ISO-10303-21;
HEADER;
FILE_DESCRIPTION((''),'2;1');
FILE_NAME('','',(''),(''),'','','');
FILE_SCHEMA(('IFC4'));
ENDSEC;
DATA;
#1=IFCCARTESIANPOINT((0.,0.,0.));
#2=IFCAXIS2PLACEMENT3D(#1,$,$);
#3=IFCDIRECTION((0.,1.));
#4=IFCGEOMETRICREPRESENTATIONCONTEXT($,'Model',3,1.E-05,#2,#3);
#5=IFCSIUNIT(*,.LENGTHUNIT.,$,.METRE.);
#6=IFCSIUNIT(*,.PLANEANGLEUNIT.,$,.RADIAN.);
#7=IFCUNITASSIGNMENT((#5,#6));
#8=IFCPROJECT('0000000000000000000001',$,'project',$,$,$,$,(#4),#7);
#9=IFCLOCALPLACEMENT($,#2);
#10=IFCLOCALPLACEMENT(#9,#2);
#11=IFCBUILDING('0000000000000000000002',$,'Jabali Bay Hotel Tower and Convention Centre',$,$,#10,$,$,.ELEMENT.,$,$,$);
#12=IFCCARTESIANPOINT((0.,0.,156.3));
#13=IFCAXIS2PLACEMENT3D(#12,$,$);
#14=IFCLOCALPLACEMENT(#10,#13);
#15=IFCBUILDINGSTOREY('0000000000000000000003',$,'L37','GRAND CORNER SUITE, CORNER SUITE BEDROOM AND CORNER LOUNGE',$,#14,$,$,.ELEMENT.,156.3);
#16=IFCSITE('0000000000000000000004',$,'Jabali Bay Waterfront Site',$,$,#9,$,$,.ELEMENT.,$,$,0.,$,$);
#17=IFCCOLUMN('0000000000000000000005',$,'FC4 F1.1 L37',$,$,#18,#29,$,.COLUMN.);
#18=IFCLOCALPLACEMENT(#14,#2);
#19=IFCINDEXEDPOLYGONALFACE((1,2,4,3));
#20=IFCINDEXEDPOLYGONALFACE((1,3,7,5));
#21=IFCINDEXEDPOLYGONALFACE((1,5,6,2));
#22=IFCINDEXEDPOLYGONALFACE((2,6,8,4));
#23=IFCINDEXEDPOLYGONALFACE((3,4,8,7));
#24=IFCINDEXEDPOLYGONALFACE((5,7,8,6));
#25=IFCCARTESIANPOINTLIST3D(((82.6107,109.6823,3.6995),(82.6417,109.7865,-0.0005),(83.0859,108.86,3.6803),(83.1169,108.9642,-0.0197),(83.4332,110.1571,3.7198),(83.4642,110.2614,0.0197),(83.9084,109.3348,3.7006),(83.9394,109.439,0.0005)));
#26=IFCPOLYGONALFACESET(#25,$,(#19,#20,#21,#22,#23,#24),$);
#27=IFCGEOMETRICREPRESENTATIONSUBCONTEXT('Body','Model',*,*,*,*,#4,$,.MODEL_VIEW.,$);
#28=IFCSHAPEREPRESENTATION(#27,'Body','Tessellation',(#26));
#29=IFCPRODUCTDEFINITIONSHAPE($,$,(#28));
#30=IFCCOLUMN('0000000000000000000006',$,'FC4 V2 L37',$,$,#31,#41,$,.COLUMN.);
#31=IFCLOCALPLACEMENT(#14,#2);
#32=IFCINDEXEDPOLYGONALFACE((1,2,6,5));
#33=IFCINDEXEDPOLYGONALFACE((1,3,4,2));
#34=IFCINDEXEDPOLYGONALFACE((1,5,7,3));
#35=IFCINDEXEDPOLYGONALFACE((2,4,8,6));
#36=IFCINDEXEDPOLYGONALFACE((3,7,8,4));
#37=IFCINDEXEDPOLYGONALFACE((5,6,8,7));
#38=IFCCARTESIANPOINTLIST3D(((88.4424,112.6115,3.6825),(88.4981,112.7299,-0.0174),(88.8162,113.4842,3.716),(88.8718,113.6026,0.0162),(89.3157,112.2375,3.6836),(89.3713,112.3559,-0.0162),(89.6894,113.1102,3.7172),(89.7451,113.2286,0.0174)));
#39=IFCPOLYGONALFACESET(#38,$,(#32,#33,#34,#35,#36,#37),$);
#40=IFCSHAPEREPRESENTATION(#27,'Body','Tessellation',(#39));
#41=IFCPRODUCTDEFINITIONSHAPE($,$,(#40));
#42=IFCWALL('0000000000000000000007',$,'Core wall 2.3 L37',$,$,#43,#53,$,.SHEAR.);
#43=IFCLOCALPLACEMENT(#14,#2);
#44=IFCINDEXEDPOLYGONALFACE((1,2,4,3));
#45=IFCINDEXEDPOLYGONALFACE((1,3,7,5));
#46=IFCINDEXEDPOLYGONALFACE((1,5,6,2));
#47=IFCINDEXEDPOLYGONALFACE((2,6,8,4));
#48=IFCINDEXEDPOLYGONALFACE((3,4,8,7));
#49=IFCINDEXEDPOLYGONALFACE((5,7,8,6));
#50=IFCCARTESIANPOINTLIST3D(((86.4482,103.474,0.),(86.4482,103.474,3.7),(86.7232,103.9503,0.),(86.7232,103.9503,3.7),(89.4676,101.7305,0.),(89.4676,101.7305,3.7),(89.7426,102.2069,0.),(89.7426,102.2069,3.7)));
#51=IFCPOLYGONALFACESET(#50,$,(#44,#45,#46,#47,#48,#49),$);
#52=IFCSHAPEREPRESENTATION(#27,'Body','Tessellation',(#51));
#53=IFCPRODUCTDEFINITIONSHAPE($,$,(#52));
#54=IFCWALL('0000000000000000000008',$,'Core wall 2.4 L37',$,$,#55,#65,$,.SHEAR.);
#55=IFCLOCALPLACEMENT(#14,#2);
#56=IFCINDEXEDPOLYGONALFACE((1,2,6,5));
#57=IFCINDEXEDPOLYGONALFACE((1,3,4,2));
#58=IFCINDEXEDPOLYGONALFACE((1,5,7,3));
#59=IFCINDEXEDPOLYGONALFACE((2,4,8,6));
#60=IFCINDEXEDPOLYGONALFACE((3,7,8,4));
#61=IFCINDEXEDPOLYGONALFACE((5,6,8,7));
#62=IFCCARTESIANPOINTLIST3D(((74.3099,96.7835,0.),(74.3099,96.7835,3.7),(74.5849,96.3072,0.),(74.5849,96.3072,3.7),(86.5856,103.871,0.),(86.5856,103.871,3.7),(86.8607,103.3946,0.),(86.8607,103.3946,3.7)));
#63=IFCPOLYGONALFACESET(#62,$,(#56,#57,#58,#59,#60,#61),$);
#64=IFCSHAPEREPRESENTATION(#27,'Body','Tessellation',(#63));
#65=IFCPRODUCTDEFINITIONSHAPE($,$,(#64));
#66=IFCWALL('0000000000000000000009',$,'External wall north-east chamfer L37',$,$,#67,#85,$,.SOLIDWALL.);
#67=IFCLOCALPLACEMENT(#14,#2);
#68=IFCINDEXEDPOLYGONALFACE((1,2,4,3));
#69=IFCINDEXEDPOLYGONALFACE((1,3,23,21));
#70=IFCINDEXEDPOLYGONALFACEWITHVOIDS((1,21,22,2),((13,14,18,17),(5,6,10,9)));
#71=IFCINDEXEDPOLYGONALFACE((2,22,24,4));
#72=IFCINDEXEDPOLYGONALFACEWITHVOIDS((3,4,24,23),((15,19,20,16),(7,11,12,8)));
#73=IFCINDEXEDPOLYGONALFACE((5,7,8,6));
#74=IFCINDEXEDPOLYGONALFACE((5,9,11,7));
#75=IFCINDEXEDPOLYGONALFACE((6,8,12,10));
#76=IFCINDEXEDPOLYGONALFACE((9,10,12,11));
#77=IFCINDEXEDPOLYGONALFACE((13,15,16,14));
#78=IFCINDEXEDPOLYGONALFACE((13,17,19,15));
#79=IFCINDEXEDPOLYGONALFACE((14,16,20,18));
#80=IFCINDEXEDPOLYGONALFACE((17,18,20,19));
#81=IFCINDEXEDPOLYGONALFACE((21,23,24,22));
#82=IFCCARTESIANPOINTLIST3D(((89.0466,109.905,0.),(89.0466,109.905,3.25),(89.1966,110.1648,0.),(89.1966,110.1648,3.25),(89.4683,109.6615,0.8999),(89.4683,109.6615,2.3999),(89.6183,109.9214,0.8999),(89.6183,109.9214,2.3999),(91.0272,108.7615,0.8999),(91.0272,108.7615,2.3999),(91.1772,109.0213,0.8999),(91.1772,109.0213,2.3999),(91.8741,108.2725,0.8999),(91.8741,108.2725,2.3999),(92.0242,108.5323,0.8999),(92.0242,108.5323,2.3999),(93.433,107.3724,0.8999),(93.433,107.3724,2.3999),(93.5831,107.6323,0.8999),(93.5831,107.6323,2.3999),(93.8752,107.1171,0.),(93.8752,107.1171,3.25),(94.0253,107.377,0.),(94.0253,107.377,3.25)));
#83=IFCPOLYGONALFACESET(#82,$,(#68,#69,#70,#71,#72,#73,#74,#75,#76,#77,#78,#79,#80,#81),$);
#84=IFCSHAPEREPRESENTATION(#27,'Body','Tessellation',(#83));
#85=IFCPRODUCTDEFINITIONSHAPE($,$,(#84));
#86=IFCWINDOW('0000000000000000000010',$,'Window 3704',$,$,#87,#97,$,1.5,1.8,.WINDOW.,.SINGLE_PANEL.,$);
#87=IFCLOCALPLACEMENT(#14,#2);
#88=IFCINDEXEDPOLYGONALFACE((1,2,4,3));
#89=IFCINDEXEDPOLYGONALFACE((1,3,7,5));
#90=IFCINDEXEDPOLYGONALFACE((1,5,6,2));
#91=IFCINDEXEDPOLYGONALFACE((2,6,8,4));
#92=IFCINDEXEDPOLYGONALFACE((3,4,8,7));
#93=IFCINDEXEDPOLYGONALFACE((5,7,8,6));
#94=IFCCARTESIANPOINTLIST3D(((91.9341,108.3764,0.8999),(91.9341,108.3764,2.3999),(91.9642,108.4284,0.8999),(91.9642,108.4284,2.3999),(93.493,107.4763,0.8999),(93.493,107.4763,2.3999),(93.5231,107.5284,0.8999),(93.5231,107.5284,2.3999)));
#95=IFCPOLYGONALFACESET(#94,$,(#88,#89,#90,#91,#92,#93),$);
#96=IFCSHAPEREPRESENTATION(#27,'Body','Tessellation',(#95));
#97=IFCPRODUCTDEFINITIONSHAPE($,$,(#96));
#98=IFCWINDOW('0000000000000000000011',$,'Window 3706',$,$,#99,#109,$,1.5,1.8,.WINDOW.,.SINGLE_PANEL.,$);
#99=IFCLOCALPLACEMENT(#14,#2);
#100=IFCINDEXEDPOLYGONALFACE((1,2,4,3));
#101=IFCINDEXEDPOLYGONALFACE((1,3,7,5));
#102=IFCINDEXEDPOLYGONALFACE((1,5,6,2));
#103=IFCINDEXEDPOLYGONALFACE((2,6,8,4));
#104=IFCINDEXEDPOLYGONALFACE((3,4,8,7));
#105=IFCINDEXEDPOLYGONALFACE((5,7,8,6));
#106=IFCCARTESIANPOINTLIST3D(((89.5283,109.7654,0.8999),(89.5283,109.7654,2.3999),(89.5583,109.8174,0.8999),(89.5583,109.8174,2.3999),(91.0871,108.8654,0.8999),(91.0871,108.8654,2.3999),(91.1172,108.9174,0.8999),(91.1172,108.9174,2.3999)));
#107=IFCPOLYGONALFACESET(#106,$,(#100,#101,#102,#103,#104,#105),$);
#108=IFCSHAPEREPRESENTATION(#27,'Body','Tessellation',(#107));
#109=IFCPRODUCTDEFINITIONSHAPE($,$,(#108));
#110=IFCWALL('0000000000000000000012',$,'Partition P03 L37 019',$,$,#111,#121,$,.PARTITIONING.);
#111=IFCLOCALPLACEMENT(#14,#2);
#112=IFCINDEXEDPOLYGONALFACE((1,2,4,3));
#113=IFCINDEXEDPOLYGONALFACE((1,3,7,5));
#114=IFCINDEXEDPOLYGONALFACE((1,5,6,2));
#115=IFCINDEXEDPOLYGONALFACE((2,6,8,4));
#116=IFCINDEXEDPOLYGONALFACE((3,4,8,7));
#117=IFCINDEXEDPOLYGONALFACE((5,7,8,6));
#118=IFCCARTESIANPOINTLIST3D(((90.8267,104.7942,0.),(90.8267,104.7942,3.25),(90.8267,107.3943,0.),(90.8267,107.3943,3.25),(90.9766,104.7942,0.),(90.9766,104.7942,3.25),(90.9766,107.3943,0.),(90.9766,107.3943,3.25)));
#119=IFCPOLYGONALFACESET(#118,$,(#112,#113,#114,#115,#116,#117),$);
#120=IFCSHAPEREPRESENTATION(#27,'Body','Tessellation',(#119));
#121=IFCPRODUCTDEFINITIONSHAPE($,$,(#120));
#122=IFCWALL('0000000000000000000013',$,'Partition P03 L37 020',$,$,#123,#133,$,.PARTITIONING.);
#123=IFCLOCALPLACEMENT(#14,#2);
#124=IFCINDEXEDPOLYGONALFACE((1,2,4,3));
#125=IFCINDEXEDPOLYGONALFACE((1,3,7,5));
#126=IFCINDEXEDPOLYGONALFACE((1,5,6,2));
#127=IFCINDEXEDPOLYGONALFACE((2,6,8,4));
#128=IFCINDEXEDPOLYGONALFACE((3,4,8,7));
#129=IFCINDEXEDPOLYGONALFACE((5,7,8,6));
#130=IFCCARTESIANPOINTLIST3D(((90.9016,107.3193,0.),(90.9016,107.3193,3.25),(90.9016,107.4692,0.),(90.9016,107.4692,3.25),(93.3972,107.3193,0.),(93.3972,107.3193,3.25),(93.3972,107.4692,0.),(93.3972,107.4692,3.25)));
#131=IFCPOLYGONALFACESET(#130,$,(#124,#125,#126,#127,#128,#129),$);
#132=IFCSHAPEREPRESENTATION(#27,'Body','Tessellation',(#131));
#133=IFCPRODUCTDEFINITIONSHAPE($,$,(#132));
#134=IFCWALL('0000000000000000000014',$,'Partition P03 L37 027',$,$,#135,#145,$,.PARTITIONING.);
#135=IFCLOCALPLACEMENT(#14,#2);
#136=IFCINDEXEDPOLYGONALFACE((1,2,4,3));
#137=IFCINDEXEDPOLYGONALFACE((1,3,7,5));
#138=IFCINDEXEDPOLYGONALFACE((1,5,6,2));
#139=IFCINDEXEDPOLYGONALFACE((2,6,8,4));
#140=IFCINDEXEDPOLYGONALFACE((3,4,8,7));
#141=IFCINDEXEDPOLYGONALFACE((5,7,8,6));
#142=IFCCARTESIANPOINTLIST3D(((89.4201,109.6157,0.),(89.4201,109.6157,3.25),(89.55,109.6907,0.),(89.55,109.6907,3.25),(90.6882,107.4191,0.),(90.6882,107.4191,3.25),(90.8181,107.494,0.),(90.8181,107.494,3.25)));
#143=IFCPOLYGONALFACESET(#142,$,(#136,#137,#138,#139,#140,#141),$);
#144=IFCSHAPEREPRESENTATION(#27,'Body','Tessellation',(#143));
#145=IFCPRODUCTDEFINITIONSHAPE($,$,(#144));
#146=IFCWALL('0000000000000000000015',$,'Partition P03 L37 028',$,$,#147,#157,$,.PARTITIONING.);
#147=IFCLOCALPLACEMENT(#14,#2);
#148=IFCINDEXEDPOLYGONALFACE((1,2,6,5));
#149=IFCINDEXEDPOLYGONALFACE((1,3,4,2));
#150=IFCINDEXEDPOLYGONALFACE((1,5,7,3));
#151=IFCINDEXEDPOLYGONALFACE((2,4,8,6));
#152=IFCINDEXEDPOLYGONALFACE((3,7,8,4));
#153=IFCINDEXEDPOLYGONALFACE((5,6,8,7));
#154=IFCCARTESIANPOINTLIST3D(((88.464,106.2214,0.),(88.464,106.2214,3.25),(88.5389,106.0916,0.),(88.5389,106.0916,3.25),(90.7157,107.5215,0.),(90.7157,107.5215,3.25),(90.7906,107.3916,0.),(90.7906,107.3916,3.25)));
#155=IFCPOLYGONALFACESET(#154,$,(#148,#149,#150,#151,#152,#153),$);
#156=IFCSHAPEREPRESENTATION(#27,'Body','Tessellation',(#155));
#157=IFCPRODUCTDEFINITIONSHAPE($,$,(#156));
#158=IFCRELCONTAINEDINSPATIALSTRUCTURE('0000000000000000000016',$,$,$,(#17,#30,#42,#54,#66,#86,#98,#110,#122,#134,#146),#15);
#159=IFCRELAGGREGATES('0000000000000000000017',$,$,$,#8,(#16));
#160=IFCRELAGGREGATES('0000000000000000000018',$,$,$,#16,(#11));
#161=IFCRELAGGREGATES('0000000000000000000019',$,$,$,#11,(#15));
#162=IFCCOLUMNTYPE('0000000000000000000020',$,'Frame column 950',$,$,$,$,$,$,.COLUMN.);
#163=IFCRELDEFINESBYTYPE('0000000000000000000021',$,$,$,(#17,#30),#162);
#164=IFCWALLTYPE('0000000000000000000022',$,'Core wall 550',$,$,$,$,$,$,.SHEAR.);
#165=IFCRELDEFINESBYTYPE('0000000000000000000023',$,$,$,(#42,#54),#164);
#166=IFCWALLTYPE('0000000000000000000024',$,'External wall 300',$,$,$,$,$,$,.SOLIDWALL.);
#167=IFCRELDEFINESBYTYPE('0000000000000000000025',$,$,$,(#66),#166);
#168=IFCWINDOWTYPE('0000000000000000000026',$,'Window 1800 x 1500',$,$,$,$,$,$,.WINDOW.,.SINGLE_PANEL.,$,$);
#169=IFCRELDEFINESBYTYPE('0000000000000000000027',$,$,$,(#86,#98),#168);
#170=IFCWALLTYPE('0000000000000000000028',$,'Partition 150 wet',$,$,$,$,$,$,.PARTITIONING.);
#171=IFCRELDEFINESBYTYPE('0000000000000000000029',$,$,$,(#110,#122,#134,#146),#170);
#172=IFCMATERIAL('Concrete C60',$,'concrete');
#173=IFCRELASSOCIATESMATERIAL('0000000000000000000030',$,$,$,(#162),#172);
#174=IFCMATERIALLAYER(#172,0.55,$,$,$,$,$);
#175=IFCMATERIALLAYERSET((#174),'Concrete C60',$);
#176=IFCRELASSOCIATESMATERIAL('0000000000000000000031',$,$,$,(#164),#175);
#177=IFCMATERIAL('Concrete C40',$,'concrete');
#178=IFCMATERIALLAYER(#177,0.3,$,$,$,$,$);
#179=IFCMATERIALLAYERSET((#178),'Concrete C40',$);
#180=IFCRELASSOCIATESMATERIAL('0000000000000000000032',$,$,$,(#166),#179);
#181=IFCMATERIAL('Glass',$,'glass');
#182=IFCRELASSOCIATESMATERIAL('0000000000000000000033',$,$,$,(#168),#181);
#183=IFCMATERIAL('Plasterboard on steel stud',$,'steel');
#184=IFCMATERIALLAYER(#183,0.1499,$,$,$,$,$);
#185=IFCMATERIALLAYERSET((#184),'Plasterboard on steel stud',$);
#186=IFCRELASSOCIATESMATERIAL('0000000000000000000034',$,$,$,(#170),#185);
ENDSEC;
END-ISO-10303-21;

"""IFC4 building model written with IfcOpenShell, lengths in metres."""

from ifc_helpers import new_model, si_unit, direction, frame, frame_2d, origin, origin_2d, place, context, subcontext, project, spatial, rectangle, extrude, material, layer, layer_set, material_profile, profile_set, type_object, element, fill, save


model = new_model("IFC4")

# Units and contexts
model_context = context("Model", 3, precision=1e-05, world=origin(), true_north=direction((0.0, 1.0)))
body_context = subcontext(model_context, "Body", "Model", "MODEL_VIEW")
ifc_project = project(units=[si_unit("LENGTHUNIT", "METRE"), si_unit("PLANEANGLEUNIT", "RADIAN")], contexts=[model_context])

# Site, building, storey
site_placement = place(None, origin())
site = spatial("IfcSite", under=ifc_project, at=site_placement, Name="Jabali Bay Waterfront Site", CompositionType="ELEMENT", RefElevation=0.0)
building_placement = place(site_placement, origin())
building = spatial("IfcBuilding", under=site, at=building_placement, Name="Jabali Bay Hotel Tower and Convention Centre", CompositionType="ELEMENT")
storey_placement = place(building_placement, frame((0.0, 0.0, 156.3)))
storey = spatial("IfcBuildingStorey", under=building, at=storey_placement, Name="L37", Description="GRAND CORNER SUITE, CORNER SUITE BEDROOM AND CORNER LOUNGE", CompositionType="ELEMENT", Elevation=156.3)

# Columns
ifc_material_1 = material(Name="Concrete C60", Category="concrete")
ifc_material_profile = material_profile(ifc_material_1, rectangle(XDim=0.95, YDim=0.95, at=origin_2d()), Name="Frame column 950")
ifc_profile_set = profile_set([ifc_material_profile], Name="Concrete C60")
column_type = type_object("IfcColumnType", Name="Frame column 950", PredefinedType="COLUMN", material=ifc_profile_set)
column_1_placement = place(storey_placement, frame((83.2905, 109.6128, 0.0), z_axis=(-0.008376, -0.028163, 0.999568), x_axis=(0.865848, 0.499852, 0.021339)))
element("IfcColumn", 1, at=column_1_placement, inside=storey, type_object=column_type, Name="FC4 F1.1 L37", PredefinedType="COLUMN", context=body_context, shape_type="SweptSolid", body=[
    extrude(rectangle(XDim=0.95, YDim=0.95, at=origin_2d()), origin(), (0.0, 0.0, 1.0), 3.7017),
])
column_2_placement = place(storey_placement, frame((89.1216, 112.9792, 0.0), z_axis=(-0.015035, -0.031983, 0.999375), x_axis=(0.91923, -0.393719, 0.001229)))
element("IfcColumn", 2, at=column_2_placement, inside=storey, type_object=column_type, Name="FC4 V2 L37", PredefinedType="COLUMN", context=body_context, shape_type="SweptSolid", body=[
    extrude(rectangle(XDim=0.95, YDim=0.95, at=origin_2d()), origin(), (0.0, 0.0, 1.0), 3.7021),
])

# Walls
ifc_layer_1 = layer(ifc_material_1, 0.55)
ifc_layer_set_1 = layer_set([ifc_layer_1], Name="Concrete C60")
wall_type_1 = type_object("IfcWallType", Name="Core wall 550", PredefinedType="SHEAR", material=ifc_layer_set_1)
wall_1_placement = place(storey_placement, frame((89.605, 101.9688, 0.0), z_axis=(0.0, 0.0, 1.0), x_axis=(-0.865998, 0.500048, 0.0)))
element("IfcWall", 3, at=wall_1_placement, inside=storey, type_object=wall_type_1, Name="Core wall 2.3 L37", PredefinedType="SHEAR", context=body_context, shape_type="SweptSolid", body=[
    extrude(rectangle(XDim=3.4866, YDim=0.55, at=frame_2d((1.7432, 0.0))), origin(), (0.0, 0.0, 1.0), 3.7),
])
wall_2_placement = place(storey_placement, frame((86.7231, 103.6328, 0.0), z_axis=(0.0, 0.0, 1.0), x_axis=(-0.866024, -0.500003, 0.0)))
element("IfcWall", 4, at=wall_2_placement, inside=storey, type_object=wall_type_1, Name="Core wall 2.4 L37", PredefinedType="SHEAR", context=body_context, shape_type="SweptSolid", body=[
    extrude(rectangle(XDim=14.1748, YDim=0.55, at=frame_2d((7.0874, 0.0))), origin(), (0.0, 0.0, 1.0), 3.7),
])

# Wall, openings, windows
ifc_material_2 = material(Name="Concrete C40", Category="concrete")
ifc_layer_2 = layer(ifc_material_2, 0.3)
ifc_layer_set_2 = layer_set([ifc_layer_2], Name="Concrete C40")
wall_type_2 = type_object("IfcWallType", Name="External wall 300", PredefinedType="SOLIDWALL", material=ifc_layer_set_2)
wall_3_placement = place(storey_placement, frame((89.1216, 110.0349, 0.0), z_axis=(0.0, 0.0, 1.0), x_axis=(0.866022, -0.500005, 0.0)))
wall_3 = element("IfcWall", 5, at=wall_3_placement, inside=storey, type_object=wall_type_2, Name="External wall north-east chamfer L37", PredefinedType="SOLIDWALL", context=body_context, shape_type="SweptSolid", body=[
    extrude(rectangle(XDim=5.5757, YDim=0.3, at=frame_2d((2.7878, 0.0))), origin(), (0.0, 0.0, 1.0), 3.25),
])
opening_1_placement = place(wall_3_placement, frame((3.2651, 0.0, 0.8999)))
opening_1 = element("IfcOpeningElement", 6, at=opening_1_placement, cuts=wall_3, PredefinedType="OPENING", context=body_context, shape_type="SweptSolid", body=[
    extrude(rectangle(XDim=1.8, YDim=1.5, at=frame_2d((0.8999, 0.75))), frame((0.0, 0.1606, 0.0), z_axis=(0.0, -1.0, 0.0), x_axis=(1.0, 0.0, 0.0)), (0.0, 0.0, 1.0), 0.321),
])
opening_2_placement = place(wall_3_placement, frame((0.4871, 0.0, 0.8999)))
opening_2 = element("IfcOpeningElement", 7, at=opening_2_placement, cuts=wall_3, PredefinedType="OPENING", context=body_context, shape_type="SweptSolid", body=[
    extrude(rectangle(XDim=1.8, YDim=1.5, at=frame_2d((0.8999, 0.75))), frame((0.0, 0.1606, 0.0), z_axis=(0.0, -1.0, 0.0), x_axis=(1.0, 0.0, 0.0)), (0.0, 0.0, 1.0), 0.321),
])
ifc_material_3 = material(Name="Glass", Category="glass")
window_type = type_object("IfcWindowType", Name="Window 1800 x 1500", PartitioningType="SINGLE_PANEL", PredefinedType="WINDOW", material=ifc_material_3)
window_1_placement = place(opening_1_placement, origin())
window_1 = element("IfcWindow", 8, at=window_1_placement, inside=storey, type_object=window_type, Name="Window 3704", OverallHeight=1.5, OverallWidth=1.8, PartitioningType="SINGLE_PANEL", PredefinedType="WINDOW", context=body_context, shape_type="SweptSolid", body=[
    extrude(rectangle(XDim=1.8, YDim=1.5, at=frame_2d((0.8999, 0.75))), frame((0.0, 0.03, 0.0), z_axis=(0.0, -1.0, 0.0), x_axis=(1.0, 0.0, 0.0)), (0.0, 0.0, 1.0), 0.0601),
])
fill(opening_1, window_1)
window_2_placement = place(opening_2_placement, origin())
window_2 = element("IfcWindow", 9, at=window_2_placement, inside=storey, type_object=window_type, Name="Window 3706", OverallHeight=1.5, OverallWidth=1.8, PartitioningType="SINGLE_PANEL", PredefinedType="WINDOW", context=body_context, shape_type="SweptSolid", body=[
    extrude(rectangle(XDim=1.8, YDim=1.5, at=frame_2d((0.8999, 0.75))), frame((0.0, 0.03, 0.0), z_axis=(0.0, -1.0, 0.0), x_axis=(1.0, 0.0, 0.0)), (0.0, 0.0, 1.0), 0.0601),
])
fill(opening_2, window_2)

# Walls
ifc_material_4 = material(Name="Plasterboard on steel stud", Category="steel")
ifc_layer_3 = layer(ifc_material_4, 0.1499)
ifc_layer_set_3 = layer_set([ifc_layer_3], Name="Plasterboard on steel stud")
wall_type_3 = type_object("IfcWallType", Name="Partition 150 wet", PredefinedType="PARTITIONING", material=ifc_layer_set_3)
wall_4_placement = place(storey_placement, frame((90.9016, 104.7942, 0.0), z_axis=(0.0, 0.0, 1.0), x_axis=(0.0, 1.0, 0.0)))
element("IfcWall", 10, at=wall_4_placement, inside=storey, type_object=wall_type_3, Name="Partition P03 L37 019", PredefinedType="PARTITIONING", context=body_context, shape_type="SweptSolid", body=[
    extrude(rectangle(XDim=2.6001, YDim=0.1499, at=frame_2d((1.3, 0.0))), origin(), (0.0, 0.0, 1.0), 3.25),
])
wall_5_placement = place(storey_placement, frame((90.9016, 107.3943, 0.0), z_axis=(0.0, 0.0, 1.0), x_axis=(1.0, 0.0, 0.0)))
element("IfcWall", 11, at=wall_5_placement, inside=storey, type_object=wall_type_3, Name="Partition P03 L37 020", PredefinedType="PARTITIONING", context=body_context, shape_type="SweptSolid", body=[
    extrude(rectangle(XDim=2.4956, YDim=0.1499, at=frame_2d((1.2478, 0.0))), origin(), (0.0, 0.0, 1.0), 3.25),
])
wall_6_placement = place(storey_placement, frame((89.4851, 109.6531, 0.0), z_axis=(0.0, 0.0, 1.0), x_axis=(0.49997, -0.866043, 0.0)))
element("IfcWall", 12, at=wall_6_placement, inside=storey, type_object=wall_type_3, Name="Partition P03 L37 027", PredefinedType="PARTITIONING", context=body_context, shape_type="SweptSolid", body=[
    extrude(rectangle(XDim=2.5364, YDim=0.1499, at=frame_2d((1.2681, 0.0))), origin(), (0.0, 0.0, 1.0), 3.25),
])
wall_7_placement = place(storey_placement, frame((90.7532, 107.4565, 0.0), z_axis=(0.0, 0.0, 1.0), x_axis=(-0.866021, -0.500007, 0.0)))
element("IfcWall", 13, at=wall_7_placement, inside=storey, type_object=wall_type_3, Name="Partition P03 L37 028", PredefinedType="PARTITIONING", context=body_context, shape_type="SweptSolid", body=[
    extrude(rectangle(XDim=2.6001, YDim=0.1499, at=frame_2d((1.3, 0.0))), origin(), (0.0, 0.0, 1.0), 3.25),
])

save(model, "model.ifc")
